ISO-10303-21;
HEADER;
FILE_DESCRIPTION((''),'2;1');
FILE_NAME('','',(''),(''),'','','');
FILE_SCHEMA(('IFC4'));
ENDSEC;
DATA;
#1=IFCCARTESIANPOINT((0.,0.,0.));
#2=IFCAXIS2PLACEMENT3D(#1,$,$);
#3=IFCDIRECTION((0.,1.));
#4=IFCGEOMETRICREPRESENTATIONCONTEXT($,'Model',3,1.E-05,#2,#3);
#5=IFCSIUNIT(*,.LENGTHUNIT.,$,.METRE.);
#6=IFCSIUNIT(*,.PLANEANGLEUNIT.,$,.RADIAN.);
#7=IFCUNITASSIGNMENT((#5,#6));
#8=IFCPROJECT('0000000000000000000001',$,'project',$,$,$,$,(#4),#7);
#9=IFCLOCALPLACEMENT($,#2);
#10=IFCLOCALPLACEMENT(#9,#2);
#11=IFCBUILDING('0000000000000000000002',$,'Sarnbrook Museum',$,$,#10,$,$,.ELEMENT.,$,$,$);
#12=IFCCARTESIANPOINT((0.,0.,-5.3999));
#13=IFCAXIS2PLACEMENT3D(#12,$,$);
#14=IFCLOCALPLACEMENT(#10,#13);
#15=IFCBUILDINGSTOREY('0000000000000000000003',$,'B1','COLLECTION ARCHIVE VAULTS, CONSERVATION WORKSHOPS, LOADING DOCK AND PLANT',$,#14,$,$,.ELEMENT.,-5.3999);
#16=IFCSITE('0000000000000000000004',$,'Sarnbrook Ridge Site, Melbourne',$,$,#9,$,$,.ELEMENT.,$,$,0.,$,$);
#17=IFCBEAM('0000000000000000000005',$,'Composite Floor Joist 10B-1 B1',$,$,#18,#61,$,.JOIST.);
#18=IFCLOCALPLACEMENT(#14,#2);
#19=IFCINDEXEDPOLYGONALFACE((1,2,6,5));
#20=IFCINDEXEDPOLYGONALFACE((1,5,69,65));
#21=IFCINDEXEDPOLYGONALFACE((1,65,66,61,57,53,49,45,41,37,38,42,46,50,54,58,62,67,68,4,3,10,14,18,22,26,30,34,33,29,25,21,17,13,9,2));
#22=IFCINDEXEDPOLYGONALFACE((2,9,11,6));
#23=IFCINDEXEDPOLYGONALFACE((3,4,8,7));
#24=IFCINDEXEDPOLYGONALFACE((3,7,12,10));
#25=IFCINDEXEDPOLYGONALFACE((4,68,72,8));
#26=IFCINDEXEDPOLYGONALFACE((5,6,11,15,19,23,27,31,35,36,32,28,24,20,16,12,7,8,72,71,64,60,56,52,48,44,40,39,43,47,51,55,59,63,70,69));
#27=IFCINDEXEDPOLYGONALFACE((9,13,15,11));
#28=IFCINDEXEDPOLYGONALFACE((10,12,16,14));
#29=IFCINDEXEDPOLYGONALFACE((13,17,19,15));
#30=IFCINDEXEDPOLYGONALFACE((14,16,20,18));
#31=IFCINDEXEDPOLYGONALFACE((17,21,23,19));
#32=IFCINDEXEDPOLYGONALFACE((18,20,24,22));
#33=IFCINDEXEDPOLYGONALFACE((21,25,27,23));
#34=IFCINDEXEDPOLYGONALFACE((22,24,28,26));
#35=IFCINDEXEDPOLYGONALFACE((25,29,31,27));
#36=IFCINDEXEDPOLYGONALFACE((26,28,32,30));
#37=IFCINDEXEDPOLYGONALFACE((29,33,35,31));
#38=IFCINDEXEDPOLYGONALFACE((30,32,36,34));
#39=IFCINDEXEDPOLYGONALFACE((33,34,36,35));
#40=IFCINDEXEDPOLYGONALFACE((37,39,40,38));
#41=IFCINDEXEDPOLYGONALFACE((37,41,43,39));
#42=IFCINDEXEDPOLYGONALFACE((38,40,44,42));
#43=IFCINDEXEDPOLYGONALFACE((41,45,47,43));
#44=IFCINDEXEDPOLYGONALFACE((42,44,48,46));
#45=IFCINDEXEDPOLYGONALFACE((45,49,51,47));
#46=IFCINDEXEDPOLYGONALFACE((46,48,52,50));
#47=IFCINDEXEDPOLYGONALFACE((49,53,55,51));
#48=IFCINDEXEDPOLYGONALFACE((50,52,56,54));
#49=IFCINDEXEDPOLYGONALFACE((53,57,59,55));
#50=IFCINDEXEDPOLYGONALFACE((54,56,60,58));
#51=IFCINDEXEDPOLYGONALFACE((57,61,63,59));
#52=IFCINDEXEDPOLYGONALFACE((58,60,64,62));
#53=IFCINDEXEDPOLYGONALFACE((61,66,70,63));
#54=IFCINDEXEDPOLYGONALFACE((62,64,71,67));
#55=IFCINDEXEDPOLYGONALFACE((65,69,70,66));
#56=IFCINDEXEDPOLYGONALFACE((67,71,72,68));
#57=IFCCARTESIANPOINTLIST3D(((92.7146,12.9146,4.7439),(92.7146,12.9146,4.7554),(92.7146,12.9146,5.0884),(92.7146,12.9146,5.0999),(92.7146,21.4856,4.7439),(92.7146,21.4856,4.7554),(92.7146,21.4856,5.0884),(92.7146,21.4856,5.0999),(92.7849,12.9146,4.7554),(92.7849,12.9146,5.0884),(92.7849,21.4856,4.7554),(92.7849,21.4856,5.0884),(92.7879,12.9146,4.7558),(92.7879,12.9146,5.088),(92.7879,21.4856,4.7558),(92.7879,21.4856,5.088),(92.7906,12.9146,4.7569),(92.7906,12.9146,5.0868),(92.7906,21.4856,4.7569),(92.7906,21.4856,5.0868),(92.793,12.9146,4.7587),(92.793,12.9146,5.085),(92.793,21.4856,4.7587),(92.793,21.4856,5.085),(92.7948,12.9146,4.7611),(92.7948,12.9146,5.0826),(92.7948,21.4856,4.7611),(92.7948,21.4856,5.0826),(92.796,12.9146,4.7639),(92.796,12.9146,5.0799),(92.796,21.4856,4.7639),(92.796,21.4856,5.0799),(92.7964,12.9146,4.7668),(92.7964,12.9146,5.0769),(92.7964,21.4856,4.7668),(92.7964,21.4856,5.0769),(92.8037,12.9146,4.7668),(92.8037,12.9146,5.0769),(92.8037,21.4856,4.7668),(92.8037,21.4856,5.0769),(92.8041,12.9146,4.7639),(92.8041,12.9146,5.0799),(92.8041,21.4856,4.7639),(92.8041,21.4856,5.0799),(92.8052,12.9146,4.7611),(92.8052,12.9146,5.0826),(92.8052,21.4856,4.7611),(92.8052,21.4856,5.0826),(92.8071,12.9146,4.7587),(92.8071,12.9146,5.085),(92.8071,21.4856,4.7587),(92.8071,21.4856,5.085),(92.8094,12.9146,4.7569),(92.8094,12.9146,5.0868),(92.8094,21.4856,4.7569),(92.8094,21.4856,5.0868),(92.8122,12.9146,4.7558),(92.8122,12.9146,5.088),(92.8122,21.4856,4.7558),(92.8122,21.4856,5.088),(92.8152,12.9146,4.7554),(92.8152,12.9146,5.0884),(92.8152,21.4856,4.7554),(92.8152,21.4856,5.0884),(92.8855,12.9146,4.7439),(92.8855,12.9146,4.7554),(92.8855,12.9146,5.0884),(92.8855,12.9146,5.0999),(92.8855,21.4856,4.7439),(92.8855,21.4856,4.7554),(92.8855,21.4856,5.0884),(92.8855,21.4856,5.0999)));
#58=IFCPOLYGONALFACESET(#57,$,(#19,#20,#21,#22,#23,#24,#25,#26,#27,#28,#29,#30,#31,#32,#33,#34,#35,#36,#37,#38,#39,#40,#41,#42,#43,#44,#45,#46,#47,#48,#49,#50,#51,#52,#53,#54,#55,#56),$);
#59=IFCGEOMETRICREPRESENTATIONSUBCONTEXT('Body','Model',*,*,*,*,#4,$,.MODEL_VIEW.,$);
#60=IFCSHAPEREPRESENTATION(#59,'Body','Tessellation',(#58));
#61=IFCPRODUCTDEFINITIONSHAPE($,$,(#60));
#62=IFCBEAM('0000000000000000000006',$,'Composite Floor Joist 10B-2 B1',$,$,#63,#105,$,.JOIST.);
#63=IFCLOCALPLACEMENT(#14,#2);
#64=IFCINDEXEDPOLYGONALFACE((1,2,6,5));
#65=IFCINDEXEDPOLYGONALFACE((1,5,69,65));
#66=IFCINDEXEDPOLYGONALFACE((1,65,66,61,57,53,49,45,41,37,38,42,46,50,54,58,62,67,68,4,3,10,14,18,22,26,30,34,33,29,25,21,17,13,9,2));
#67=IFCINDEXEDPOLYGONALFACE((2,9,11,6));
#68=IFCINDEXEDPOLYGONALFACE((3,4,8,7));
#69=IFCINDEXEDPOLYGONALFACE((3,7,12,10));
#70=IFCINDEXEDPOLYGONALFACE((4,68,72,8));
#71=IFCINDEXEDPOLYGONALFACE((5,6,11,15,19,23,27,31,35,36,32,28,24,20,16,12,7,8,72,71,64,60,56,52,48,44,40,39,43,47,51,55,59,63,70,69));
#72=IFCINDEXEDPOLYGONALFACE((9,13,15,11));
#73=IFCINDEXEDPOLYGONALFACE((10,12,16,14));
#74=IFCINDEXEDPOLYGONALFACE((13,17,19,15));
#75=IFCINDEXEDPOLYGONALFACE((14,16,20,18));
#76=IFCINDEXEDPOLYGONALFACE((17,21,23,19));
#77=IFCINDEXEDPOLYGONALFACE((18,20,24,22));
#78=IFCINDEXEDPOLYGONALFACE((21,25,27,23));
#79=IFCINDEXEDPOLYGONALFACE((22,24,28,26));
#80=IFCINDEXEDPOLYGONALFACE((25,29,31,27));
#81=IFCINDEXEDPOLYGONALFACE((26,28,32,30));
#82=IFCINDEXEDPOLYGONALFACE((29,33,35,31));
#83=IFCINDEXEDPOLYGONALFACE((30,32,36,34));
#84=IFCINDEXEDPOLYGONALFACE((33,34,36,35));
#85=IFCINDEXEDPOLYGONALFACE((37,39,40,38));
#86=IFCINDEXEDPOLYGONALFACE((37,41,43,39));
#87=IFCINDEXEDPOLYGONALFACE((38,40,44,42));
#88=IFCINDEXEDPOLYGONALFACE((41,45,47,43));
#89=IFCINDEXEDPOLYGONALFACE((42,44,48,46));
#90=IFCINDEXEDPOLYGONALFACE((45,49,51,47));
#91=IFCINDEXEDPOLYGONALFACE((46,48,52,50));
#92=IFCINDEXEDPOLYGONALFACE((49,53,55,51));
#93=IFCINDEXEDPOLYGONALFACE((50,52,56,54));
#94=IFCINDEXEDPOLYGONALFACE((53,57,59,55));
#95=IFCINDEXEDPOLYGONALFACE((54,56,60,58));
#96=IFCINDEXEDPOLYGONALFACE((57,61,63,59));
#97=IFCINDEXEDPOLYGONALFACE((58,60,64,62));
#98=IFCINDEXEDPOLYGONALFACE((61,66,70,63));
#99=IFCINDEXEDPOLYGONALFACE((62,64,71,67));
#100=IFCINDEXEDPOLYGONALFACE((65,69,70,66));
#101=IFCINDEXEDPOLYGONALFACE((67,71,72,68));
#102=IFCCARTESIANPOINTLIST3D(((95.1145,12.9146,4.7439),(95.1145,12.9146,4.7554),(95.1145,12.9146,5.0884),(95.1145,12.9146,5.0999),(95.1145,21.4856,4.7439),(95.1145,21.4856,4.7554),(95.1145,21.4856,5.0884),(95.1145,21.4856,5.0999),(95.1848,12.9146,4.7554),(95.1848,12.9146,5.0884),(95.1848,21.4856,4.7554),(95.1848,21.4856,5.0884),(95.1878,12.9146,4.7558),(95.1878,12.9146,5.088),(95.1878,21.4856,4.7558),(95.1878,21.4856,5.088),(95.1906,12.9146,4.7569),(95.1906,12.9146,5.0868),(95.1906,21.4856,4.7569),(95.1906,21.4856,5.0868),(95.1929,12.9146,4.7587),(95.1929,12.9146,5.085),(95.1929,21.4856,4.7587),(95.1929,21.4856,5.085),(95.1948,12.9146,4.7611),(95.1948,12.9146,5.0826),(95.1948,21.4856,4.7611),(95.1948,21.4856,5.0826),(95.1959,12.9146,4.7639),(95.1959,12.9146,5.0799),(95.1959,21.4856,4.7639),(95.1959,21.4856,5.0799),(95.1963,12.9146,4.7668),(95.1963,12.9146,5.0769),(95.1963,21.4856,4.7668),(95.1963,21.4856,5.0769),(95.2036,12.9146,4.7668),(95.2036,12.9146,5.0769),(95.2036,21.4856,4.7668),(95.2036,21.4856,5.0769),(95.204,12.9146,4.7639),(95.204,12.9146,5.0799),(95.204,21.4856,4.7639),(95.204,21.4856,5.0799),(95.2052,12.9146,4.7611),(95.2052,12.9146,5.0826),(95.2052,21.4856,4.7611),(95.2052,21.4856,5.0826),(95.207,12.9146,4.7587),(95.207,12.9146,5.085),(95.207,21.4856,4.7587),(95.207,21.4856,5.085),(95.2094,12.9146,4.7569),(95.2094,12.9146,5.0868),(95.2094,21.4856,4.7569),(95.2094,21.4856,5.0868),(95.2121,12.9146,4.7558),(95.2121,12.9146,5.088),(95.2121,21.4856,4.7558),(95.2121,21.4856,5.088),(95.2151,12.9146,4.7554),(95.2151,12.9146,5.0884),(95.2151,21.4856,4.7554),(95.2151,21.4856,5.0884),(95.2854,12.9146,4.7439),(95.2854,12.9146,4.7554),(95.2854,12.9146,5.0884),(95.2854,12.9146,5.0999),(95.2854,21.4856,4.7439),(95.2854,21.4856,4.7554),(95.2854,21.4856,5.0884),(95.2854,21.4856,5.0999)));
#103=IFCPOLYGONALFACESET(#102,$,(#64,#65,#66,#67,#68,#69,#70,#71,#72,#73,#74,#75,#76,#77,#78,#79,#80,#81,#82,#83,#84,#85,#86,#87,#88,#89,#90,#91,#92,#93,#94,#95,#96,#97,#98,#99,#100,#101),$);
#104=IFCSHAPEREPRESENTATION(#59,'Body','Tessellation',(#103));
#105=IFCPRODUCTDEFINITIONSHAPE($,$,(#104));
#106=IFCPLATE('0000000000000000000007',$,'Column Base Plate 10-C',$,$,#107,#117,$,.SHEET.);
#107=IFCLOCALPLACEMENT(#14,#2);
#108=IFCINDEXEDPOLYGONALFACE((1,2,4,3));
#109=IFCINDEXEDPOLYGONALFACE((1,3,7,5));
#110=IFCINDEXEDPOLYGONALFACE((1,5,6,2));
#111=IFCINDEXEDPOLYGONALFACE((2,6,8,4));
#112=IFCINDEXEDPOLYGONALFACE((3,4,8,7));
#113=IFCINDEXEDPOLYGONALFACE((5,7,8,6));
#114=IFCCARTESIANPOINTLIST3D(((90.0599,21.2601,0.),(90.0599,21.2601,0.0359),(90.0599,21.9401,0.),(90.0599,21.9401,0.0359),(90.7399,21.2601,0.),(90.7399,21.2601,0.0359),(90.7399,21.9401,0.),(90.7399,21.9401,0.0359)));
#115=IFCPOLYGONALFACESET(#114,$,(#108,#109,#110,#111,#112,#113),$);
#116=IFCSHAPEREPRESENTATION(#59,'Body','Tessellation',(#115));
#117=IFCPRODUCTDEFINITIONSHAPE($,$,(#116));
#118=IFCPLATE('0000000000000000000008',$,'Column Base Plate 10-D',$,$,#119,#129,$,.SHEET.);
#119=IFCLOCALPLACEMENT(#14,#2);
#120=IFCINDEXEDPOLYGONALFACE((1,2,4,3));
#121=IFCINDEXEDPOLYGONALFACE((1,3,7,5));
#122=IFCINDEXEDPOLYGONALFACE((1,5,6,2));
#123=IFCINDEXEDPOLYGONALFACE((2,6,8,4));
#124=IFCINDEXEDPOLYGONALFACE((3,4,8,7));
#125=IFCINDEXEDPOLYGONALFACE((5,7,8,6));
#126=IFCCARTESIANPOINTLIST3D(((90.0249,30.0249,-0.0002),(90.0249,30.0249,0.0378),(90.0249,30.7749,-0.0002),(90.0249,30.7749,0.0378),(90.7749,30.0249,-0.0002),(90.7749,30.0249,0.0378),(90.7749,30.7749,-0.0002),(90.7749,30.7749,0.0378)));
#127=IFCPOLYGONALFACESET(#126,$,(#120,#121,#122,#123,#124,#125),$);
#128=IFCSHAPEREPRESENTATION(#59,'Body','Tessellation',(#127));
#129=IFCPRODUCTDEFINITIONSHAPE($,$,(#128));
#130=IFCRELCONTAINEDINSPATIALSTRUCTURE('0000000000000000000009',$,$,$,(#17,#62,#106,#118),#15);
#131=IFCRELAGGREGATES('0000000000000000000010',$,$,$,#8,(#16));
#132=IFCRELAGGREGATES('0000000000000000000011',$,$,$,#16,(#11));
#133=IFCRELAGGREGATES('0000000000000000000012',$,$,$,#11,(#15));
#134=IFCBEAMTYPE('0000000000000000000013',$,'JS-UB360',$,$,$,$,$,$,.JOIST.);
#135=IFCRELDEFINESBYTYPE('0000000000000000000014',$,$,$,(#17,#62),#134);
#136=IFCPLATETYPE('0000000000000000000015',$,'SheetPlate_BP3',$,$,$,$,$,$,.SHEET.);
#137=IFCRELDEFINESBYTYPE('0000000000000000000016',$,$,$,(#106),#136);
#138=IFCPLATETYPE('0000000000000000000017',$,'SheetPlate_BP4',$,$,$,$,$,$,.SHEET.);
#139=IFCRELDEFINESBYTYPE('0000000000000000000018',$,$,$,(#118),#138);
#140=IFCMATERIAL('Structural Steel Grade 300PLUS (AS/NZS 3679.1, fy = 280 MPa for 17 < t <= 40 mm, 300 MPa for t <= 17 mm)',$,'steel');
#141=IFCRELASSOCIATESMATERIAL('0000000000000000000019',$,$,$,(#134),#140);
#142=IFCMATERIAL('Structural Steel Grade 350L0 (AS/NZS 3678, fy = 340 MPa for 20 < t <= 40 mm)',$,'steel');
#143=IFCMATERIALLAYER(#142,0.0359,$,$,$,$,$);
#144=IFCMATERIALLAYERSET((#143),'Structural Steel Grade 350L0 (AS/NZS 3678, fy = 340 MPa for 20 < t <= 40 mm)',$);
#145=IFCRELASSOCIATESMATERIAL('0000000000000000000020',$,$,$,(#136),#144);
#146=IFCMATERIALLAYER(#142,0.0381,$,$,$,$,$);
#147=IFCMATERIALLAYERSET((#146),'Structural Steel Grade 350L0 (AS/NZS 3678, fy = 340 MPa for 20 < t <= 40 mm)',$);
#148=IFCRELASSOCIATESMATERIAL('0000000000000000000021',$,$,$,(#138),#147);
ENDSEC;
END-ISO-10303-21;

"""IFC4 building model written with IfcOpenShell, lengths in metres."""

from ifc_helpers import new_model, si_unit, direction, frame, origin, origin_2d, place, context, subcontext, project, spatial, rectangle, i_section, extrude, material, layer, layer_set, material_profile, profile_set, type_object, element, save


model = new_model("IFC4")

# Units and contexts
model_context = context("Model", 3, precision=1e-05, world=origin(), true_north=direction((0.0, 1.0)))
body_context = subcontext(model_context, "Body", "Model", "MODEL_VIEW")
ifc_project = project(units=[si_unit("LENGTHUNIT", "METRE"), si_unit("PLANEANGLEUNIT", "RADIAN")], contexts=[model_context])

# Site, building, storey
site_placement = place(None, origin())
site = spatial("IfcSite", under=ifc_project, at=site_placement, Name="Sarnbrook Ridge Site, Melbourne", CompositionType="ELEMENT", RefElevation=0.0)
building_placement = place(site_placement, origin())
building = spatial("IfcBuilding", under=site, at=building_placement, Name="Sarnbrook Museum", CompositionType="ELEMENT")
storey_placement = place(building_placement, frame((0.0, 0.0, -5.3999)))
storey = spatial("IfcBuildingStorey", under=building, at=storey_placement, Name="B1", Description="COLLECTION ARCHIVE VAULTS, CONSERVATION WORKSHOPS, LOADING DOCK AND PLANT", CompositionType="ELEMENT", Elevation=-5.3999)

# Shared definitions
ifc_material_1 = material(Name="Structural Steel Grade 350L0 (AS/NZS 3678, fy = 340 MPa for 20 < t <= 40 mm)", Category="steel")

# Beams
ifc_material_2 = material(Name="Structural Steel Grade 300PLUS (AS/NZS 3679.1, fy = 280 MPa for 17 < t <= 40 mm, 300 MPa for t <= 17 mm)", Category="steel")
ifc_material_profile_1 = material_profile(ifc_material_2, i_section(OverallWidth=0.1709, OverallDepth=0.356, WebThickness=0.0073, FlangeThickness=0.0115, FilletRadius=0.0115, at=origin_2d()), Name="360UB50.7")
ifc_profile_set_1 = profile_set([ifc_material_profile_1], Name="Structural Steel Grade 300PLUS (AS/NZS 3679.1, fy = 280 MPa for 17 < t <= 40 mm, 300 MPa for t <= 17 mm)")
beam_type_1 = type_object("IfcBeamType", Name="JS-UB360", PredefinedType="JOIST", material=ifc_profile_set_1)
for number, where, z_axis, x_axis, name in (
    (1, (92.8, 12.9146, 4.9219), (0.0, 1.0, 0.0), (-1.0, 0.0, 0.0), "Composite Floor Joist 10B-1 B1"),
    (2, (95.2, 12.9146, 4.9219), (0.0, 1.0, 0.0), (-1.0, 0.0, 0.0), "Composite Floor Joist 10B-2 B1"),
):
    element("IfcBeam", number, at=place(storey_placement, frame(where, z_axis=z_axis, x_axis=x_axis)), inside=storey, type_object=beam_type_1, Name=name, PredefinedType="JOIST", context=body_context, shape_type="SweptSolid", body=[
        extrude(i_section(OverallWidth=0.1709, OverallDepth=0.356, WebThickness=0.0073, FlangeThickness=0.0115, FilletRadius=0.0115, at=origin_2d()), origin(), (0.0, 0.0, 1.0), 8.571),
    ])

# Plates
ifc_layer_1 = layer(ifc_material_1, 0.0359)
ifc_layer_set_1 = layer_set([ifc_layer_1], Name="Structural Steel Grade 350L0 (AS/NZS 3678, fy = 340 MPa for 20 < t <= 40 mm)")
plate_type_1 = type_object("IfcPlateType", Name="SheetPlate_BP3", PredefinedType="SHEET", material=ifc_layer_set_1)
plate_1_placement = place(storey_placement, frame((90.3999, 21.6001, 0.0), z_axis=(0.0, 0.0, 1.0), x_axis=(1.0, 0.0, 0.0)))
element("IfcPlate", 3, at=plate_1_placement, inside=storey, type_object=plate_type_1, Name="Column Base Plate 10-C", PredefinedType="SHEET", context=body_context, shape_type="SweptSolid", body=[
    extrude(rectangle(XDim=0.6799, YDim=0.6799, at=origin_2d()), origin(), (0.0, 0.0, 1.0), 0.0359),
])
ifc_layer_2 = layer(ifc_material_1, 0.0381)
ifc_layer_set_2 = layer_set([ifc_layer_2], Name="Structural Steel Grade 350L0 (AS/NZS 3678, fy = 340 MPa for 20 < t <= 40 mm)")
plate_type_2 = type_object("IfcPlateType", Name="SheetPlate_BP4", PredefinedType="SHEET", material=ifc_layer_set_2)
plate_2_placement = place(storey_placement, frame((90.3999, 30.3999, -0.0002), z_axis=(0.0, 0.0, 1.0), x_axis=(1.0, 0.0, 0.0)))
element("IfcPlate", 4, at=plate_2_placement, inside=storey, type_object=plate_type_2, Name="Column Base Plate 10-D", PredefinedType="SHEET", context=body_context, shape_type="SweptSolid", body=[
    extrude(rectangle(XDim=0.75, YDim=0.75, at=origin_2d()), origin(), (0.0, 0.0, 1.0), 0.0381),
])

save(model, "model.ifc")
